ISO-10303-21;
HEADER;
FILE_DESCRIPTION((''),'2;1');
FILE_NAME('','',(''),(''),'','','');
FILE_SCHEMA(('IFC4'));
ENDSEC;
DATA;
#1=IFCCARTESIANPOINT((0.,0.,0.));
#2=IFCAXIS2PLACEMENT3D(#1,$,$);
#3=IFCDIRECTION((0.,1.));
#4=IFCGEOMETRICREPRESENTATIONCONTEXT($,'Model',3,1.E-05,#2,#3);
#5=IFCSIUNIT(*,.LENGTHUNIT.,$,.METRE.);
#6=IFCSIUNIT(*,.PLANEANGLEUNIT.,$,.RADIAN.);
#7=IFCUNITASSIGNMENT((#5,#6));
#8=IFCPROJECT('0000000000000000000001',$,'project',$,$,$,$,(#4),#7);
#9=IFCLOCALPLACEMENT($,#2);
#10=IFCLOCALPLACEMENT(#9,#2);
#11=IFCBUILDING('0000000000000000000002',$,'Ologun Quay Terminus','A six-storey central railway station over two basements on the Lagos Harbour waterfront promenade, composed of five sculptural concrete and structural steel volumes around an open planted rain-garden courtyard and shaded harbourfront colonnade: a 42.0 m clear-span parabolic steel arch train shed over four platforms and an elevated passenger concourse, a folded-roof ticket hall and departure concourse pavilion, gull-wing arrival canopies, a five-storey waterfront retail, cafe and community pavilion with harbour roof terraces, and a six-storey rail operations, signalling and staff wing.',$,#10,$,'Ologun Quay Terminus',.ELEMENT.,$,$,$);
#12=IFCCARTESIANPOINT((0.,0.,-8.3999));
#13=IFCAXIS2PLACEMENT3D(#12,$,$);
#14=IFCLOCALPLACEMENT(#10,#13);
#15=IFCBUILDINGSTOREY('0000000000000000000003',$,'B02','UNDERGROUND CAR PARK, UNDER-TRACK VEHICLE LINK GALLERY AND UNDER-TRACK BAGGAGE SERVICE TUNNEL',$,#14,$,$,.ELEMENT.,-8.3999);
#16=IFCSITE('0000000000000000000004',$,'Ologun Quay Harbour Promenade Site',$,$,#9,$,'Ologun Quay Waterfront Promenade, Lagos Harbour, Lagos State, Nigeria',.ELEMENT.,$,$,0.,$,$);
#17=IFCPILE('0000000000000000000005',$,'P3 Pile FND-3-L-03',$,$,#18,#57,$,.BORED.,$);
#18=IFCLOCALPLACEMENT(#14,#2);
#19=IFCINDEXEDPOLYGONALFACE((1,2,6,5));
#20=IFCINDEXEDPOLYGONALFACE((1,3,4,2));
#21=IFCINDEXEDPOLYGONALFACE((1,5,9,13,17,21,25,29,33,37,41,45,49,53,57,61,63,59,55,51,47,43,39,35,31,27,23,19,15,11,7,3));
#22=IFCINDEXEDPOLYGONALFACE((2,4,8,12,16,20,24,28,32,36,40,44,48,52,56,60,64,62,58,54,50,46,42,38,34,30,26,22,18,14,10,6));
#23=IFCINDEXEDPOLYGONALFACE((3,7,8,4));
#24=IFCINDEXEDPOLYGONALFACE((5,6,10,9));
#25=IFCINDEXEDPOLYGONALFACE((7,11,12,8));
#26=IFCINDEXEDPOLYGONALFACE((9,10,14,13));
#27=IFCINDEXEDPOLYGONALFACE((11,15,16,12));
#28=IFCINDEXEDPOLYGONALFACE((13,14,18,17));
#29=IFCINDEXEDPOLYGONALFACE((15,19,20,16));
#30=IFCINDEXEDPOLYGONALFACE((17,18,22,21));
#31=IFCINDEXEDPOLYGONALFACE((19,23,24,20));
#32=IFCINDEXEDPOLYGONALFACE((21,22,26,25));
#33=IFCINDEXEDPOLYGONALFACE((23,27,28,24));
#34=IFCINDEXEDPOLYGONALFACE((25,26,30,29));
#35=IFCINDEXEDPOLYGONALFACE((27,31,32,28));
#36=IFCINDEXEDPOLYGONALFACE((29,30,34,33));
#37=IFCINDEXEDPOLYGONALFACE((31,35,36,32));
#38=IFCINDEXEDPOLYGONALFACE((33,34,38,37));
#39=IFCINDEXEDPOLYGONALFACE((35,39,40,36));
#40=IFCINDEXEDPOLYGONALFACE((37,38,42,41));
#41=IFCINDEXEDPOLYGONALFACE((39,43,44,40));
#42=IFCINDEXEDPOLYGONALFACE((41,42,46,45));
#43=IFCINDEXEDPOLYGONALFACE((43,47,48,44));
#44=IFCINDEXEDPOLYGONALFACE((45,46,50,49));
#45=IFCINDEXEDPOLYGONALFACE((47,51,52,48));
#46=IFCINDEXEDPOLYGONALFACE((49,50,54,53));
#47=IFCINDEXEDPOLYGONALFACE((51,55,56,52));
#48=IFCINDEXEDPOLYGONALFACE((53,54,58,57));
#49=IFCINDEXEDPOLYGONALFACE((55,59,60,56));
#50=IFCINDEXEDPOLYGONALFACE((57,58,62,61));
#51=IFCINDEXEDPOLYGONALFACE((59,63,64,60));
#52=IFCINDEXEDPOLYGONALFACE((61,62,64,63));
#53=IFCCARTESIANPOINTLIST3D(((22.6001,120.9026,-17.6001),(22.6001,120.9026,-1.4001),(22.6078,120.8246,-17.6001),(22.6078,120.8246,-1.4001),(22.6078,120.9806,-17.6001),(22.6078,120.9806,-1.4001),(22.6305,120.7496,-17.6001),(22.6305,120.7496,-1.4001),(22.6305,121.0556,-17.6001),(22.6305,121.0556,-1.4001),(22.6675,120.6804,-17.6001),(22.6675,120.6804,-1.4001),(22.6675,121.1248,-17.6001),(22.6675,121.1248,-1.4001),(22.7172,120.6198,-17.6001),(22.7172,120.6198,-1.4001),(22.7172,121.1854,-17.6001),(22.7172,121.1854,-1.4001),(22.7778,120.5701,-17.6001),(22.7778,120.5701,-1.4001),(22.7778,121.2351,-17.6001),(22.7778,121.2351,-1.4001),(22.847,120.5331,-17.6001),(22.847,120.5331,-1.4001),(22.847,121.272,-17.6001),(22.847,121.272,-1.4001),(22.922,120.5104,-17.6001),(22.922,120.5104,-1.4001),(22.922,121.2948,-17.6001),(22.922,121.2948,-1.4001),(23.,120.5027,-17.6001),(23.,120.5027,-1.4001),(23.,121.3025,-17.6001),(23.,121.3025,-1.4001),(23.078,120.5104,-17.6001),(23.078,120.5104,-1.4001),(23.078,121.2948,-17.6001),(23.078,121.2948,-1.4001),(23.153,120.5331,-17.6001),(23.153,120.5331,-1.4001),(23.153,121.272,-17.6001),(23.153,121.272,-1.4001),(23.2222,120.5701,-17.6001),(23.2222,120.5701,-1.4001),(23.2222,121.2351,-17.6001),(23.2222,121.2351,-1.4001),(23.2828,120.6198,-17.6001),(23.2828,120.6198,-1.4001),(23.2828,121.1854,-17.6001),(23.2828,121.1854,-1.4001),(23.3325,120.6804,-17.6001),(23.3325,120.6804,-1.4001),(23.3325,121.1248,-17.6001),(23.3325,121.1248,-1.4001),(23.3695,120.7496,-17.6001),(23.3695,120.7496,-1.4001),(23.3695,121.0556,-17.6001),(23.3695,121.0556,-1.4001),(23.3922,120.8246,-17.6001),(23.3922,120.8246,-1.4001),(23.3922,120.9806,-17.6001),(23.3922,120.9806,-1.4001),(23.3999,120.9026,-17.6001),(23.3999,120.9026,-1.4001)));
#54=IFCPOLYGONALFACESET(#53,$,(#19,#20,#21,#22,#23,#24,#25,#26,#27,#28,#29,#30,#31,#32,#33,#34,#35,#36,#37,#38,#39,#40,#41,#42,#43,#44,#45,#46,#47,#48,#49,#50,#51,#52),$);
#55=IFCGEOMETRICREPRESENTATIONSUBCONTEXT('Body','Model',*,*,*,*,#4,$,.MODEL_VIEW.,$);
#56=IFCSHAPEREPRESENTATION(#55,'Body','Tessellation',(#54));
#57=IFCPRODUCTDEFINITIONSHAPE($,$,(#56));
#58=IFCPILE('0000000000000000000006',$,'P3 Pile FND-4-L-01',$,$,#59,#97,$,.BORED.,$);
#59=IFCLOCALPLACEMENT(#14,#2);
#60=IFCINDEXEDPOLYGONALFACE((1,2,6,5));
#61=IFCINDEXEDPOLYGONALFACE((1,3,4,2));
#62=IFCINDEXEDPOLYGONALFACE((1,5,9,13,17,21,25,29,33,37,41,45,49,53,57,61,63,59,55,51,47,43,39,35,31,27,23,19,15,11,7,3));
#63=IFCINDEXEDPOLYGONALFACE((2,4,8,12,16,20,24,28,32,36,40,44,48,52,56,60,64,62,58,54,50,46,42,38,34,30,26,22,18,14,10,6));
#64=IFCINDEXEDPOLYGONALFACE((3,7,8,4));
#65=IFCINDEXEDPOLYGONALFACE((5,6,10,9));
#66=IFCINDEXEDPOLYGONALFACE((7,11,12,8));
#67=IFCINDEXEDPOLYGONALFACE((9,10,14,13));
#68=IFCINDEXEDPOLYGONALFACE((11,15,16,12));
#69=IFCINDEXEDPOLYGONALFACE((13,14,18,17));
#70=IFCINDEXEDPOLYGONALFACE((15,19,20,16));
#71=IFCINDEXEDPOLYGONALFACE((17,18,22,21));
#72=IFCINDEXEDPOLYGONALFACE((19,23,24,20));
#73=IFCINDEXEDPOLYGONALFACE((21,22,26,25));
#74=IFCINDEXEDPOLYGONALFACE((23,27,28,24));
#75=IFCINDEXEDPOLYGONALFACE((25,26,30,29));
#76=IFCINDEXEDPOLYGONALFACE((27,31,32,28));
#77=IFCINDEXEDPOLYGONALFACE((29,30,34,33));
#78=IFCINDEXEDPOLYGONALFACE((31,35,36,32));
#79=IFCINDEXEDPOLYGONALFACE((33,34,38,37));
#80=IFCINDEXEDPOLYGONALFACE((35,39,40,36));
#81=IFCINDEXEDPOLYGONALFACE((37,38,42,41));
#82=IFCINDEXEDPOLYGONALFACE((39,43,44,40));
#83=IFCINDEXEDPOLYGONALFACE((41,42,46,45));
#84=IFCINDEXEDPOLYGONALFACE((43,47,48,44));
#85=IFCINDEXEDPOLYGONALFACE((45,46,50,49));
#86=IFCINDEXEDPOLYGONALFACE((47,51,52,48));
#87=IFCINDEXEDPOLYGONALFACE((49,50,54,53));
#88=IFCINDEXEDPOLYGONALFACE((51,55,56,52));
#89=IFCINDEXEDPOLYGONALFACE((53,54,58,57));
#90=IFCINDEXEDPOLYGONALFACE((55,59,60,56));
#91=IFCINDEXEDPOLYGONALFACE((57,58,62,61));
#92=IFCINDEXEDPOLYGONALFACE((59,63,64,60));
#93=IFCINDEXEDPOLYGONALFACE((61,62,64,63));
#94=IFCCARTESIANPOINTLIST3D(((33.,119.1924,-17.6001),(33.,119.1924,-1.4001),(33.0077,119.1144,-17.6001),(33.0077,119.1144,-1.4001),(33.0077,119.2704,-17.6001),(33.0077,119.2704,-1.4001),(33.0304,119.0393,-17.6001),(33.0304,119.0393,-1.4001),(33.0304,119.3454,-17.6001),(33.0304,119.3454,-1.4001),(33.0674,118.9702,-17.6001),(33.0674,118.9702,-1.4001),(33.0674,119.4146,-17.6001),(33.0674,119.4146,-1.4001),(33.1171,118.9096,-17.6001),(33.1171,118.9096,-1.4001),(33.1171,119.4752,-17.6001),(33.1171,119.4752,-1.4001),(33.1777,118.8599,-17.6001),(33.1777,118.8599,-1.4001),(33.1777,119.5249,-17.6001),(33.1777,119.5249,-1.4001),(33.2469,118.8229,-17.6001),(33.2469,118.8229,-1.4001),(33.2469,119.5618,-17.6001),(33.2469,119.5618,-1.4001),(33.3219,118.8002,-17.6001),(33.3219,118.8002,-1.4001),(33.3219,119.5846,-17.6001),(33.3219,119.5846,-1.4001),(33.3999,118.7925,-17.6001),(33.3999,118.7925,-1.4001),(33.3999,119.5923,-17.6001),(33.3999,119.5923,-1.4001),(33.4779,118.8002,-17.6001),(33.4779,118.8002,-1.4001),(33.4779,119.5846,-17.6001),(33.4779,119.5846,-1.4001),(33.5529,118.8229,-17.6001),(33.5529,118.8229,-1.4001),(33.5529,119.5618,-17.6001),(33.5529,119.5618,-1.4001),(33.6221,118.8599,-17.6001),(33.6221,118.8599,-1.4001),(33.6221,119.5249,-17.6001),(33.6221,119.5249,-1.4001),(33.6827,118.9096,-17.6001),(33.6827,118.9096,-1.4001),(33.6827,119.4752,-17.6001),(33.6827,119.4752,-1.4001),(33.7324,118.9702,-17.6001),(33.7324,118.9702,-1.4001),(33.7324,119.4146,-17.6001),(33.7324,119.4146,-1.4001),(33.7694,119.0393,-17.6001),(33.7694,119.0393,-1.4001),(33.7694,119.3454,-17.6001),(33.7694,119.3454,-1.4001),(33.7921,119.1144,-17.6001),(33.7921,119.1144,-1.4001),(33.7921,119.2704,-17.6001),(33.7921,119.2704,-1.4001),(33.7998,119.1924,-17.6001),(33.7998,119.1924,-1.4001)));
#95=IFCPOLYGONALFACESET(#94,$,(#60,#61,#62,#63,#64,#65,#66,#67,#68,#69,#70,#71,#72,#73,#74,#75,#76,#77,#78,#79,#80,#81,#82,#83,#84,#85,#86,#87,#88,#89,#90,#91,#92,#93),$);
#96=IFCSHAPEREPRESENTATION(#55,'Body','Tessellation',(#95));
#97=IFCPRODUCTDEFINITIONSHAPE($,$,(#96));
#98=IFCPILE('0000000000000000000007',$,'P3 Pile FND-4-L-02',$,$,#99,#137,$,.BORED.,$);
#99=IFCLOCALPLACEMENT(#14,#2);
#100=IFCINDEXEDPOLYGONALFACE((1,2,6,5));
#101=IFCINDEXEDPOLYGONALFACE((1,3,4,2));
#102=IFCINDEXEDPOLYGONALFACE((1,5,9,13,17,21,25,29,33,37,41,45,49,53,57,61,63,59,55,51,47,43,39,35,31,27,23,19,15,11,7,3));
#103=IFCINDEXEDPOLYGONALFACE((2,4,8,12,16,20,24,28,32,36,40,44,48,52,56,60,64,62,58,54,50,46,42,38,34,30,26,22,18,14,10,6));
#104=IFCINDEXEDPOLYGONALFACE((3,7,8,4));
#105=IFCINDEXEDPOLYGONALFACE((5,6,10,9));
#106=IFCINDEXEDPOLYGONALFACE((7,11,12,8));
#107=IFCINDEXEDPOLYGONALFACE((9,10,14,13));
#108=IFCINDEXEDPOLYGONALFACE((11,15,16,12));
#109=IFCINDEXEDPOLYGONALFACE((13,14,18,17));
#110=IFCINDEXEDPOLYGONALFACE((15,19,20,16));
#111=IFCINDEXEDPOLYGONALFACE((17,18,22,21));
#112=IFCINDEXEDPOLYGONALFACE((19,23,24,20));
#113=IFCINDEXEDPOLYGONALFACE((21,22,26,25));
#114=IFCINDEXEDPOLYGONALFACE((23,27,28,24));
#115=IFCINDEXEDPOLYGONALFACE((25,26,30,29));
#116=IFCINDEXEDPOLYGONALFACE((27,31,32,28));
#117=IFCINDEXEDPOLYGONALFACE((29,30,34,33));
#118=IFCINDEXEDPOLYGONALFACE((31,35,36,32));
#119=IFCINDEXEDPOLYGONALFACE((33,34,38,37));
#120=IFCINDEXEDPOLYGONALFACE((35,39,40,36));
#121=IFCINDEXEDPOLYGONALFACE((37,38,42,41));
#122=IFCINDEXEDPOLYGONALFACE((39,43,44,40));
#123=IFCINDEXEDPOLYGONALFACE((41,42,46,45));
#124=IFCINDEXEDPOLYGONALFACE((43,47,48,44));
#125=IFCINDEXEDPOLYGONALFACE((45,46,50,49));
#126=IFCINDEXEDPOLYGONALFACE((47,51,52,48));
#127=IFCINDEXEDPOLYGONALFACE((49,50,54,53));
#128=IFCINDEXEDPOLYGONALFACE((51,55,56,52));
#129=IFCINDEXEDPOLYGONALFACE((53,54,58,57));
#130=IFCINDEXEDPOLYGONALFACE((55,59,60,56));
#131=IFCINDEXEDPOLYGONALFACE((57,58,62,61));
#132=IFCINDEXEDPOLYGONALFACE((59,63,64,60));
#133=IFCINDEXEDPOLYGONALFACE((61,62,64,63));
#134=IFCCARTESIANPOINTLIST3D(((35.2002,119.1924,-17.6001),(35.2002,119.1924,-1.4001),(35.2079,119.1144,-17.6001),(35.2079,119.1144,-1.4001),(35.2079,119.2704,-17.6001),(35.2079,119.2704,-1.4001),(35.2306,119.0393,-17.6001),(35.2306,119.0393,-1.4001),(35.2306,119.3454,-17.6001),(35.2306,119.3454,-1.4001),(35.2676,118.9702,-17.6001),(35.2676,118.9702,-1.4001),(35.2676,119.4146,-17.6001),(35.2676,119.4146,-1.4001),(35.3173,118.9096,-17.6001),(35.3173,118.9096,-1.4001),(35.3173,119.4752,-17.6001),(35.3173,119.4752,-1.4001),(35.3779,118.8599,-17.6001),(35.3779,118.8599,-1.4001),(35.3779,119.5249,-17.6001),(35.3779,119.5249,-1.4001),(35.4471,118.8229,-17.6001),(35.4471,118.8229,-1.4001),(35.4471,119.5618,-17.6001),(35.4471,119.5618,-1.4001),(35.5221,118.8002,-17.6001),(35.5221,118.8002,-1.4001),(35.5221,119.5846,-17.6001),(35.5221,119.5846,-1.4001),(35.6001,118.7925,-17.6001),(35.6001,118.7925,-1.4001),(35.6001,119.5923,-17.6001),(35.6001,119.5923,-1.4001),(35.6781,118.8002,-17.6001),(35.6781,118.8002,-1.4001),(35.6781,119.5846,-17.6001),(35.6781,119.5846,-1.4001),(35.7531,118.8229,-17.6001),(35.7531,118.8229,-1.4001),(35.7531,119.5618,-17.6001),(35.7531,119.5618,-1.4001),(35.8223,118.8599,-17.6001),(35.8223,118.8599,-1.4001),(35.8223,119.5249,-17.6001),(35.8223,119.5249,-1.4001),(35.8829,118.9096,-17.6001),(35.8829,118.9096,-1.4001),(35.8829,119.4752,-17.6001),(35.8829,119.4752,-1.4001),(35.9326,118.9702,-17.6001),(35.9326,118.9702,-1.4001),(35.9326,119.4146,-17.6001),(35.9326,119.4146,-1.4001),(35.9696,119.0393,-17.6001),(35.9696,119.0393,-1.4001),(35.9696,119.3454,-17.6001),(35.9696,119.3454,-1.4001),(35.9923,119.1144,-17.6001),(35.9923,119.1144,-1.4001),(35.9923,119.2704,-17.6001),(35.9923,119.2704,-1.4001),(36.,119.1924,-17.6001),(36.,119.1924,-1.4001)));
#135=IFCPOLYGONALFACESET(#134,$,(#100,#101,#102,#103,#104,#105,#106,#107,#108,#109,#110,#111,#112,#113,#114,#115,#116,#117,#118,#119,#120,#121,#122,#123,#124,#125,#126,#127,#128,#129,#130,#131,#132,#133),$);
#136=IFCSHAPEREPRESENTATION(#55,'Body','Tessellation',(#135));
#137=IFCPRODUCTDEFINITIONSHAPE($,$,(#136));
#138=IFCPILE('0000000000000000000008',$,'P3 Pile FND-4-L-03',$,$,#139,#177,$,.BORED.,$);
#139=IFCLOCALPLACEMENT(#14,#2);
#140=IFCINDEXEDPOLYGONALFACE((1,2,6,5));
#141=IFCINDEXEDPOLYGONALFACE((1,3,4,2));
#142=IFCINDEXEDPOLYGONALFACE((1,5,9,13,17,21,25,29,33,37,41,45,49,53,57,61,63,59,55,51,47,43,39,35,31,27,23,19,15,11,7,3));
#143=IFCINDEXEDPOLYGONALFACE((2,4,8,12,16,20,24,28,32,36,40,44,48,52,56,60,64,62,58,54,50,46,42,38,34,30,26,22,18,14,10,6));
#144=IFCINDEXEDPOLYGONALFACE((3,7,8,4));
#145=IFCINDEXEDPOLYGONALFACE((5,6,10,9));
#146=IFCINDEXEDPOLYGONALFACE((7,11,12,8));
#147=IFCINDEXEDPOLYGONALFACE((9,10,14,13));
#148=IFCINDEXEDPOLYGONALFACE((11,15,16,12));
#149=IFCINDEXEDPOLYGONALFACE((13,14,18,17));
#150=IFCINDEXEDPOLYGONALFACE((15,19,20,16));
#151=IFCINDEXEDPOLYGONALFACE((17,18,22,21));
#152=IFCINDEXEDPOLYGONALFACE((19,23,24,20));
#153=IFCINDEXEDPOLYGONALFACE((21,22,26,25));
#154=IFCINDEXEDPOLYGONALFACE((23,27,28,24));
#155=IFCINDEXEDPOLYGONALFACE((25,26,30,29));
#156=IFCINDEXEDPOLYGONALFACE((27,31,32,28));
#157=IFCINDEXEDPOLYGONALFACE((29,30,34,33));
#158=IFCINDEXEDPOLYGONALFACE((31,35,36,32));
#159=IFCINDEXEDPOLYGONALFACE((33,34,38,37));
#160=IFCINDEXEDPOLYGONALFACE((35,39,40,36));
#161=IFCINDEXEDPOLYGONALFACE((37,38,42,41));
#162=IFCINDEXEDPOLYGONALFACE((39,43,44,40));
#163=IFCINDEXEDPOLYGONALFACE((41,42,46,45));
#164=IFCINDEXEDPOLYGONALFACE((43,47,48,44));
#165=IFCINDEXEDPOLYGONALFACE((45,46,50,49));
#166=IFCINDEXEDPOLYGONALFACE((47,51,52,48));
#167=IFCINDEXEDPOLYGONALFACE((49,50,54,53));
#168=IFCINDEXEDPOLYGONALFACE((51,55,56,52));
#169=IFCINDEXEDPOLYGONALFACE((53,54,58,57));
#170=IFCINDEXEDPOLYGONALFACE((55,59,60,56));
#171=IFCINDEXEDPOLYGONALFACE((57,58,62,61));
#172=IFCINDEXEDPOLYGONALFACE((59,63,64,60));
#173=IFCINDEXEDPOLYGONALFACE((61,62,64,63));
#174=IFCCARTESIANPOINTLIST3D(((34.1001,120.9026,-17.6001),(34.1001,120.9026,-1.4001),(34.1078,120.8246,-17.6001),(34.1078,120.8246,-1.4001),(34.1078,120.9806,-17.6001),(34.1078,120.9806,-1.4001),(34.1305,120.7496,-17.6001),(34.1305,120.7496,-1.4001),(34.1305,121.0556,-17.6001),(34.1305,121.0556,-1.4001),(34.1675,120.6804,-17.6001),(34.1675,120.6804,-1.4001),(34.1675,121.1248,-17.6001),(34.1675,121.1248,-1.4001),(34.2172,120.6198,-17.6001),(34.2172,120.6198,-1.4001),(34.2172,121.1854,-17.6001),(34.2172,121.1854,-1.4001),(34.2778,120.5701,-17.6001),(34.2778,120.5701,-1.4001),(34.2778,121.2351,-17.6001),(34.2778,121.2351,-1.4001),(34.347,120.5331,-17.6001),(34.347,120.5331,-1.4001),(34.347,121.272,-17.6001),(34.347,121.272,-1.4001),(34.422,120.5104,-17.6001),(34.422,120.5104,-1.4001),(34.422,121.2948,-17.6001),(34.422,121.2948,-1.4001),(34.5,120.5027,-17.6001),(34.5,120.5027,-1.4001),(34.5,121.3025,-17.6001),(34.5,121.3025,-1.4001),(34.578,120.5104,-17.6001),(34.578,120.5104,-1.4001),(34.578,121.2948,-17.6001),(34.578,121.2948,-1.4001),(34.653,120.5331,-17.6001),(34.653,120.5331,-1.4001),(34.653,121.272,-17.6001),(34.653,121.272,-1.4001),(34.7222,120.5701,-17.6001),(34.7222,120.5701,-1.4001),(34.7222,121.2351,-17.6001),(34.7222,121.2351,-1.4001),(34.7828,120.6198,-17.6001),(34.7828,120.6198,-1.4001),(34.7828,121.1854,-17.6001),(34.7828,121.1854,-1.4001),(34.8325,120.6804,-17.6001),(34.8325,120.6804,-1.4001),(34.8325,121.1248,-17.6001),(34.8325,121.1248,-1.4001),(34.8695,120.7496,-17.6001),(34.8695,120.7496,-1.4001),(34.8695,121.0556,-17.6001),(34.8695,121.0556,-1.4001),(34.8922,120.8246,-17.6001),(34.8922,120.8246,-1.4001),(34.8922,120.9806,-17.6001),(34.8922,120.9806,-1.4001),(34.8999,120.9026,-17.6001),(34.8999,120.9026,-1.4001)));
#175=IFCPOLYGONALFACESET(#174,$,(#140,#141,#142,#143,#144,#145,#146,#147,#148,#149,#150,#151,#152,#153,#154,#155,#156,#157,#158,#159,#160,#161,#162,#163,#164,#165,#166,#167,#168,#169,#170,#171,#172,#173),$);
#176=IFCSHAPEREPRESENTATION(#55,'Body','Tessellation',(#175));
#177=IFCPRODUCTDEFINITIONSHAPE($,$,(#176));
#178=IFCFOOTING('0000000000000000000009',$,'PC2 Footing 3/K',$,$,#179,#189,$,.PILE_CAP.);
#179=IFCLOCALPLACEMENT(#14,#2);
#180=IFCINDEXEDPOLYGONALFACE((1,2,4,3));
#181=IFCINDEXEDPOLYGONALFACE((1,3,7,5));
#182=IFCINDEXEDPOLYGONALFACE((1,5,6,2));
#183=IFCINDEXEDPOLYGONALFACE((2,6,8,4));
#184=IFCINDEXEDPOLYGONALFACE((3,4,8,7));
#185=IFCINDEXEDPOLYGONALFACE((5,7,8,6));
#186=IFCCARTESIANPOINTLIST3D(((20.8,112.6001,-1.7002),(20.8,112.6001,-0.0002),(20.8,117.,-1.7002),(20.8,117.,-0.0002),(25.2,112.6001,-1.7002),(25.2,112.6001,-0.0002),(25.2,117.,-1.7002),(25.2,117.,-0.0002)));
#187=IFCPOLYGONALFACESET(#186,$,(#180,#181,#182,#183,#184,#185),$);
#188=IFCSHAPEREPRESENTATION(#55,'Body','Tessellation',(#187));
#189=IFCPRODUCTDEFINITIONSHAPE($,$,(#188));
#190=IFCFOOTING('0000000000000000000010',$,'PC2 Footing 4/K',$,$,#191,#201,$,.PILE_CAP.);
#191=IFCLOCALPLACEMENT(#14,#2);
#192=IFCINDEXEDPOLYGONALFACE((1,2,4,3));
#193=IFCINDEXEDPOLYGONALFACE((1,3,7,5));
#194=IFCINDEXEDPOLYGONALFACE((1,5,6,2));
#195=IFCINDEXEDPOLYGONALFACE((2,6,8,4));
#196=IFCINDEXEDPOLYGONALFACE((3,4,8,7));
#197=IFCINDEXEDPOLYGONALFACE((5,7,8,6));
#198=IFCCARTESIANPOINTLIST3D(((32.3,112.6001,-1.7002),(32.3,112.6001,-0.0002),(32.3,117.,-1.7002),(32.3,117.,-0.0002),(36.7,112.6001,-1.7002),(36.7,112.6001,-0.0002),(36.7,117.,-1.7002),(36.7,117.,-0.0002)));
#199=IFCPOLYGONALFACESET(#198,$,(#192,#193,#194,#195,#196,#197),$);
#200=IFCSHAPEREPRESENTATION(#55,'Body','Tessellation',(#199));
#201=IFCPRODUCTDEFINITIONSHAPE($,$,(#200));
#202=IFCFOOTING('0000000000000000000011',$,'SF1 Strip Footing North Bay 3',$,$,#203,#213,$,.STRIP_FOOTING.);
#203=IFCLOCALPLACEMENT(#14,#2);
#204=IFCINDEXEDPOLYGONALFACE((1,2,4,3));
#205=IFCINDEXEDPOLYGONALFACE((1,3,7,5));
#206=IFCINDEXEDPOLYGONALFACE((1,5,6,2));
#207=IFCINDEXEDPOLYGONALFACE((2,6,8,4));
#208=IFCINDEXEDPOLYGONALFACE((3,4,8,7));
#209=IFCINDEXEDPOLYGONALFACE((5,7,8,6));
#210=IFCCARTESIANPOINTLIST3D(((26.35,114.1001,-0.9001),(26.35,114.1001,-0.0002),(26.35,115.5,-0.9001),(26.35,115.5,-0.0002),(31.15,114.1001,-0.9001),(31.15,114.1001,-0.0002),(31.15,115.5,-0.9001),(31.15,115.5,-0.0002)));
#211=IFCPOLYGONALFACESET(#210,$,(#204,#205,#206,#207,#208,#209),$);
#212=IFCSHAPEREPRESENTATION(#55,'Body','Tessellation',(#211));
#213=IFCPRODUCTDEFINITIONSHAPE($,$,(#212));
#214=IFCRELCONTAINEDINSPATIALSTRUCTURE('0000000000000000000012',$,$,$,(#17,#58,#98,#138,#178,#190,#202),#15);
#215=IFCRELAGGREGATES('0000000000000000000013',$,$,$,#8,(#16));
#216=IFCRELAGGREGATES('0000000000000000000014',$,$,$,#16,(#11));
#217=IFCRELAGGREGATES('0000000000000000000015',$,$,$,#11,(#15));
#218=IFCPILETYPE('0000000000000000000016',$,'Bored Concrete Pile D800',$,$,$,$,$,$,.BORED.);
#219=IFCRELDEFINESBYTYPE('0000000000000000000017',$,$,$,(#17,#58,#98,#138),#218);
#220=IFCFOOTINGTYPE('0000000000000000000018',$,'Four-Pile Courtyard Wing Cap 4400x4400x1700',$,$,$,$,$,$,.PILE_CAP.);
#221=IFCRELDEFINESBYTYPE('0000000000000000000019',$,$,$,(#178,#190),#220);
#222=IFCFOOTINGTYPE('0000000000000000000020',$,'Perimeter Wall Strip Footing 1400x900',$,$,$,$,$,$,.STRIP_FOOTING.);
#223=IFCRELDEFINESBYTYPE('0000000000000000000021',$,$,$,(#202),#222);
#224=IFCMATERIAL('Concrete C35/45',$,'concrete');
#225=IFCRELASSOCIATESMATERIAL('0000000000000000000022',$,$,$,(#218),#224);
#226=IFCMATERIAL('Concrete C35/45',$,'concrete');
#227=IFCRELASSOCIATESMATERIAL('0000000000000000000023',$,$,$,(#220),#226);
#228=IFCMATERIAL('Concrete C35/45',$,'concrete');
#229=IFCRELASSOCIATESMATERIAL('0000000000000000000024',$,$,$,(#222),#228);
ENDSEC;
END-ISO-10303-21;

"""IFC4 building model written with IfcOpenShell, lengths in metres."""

from ifc_helpers import new_model, si_unit, direction, frame, origin, origin_2d, place, context, subcontext, project, spatial, rectangle, circle, extrude, material, material_profile, profile_set, type_object, element, save


model = new_model("IFC4")

# Units and contexts
model_context = context("Model", 3, precision=1e-05, world=origin(), true_north=direction((0.0, 1.0)))
body_context = subcontext(model_context, "Body", "Model", "MODEL_VIEW")
ifc_project = project(units=[si_unit("LENGTHUNIT", "METRE"), si_unit("PLANEANGLEUNIT", "RADIAN")], contexts=[model_context])

# Site, building, storey
site_placement = place(None, origin())
site = spatial("IfcSite", under=ifc_project, at=site_placement, Name="Ologun Quay Harbour Promenade Site", LongName="Ologun Quay Waterfront Promenade, Lagos Harbour, Lagos State, Nigeria", CompositionType="ELEMENT", RefElevation=0.0)
building_placement = place(site_placement, origin())
building = spatial("IfcBuilding", under=site, at=building_placement, Name="Ologun Quay Terminus", Description="A six-storey central railway station over two basements on the Lagos Harbour waterfront promenade, composed of five sculptural concrete and structural steel volumes around an open planted rain-garden courtyard and shaded harbourfront colonnade: a 42.0 m clear-span parabolic steel arch train shed over four platforms and an elevated passenger concourse, a folded-roof ticket hall and departure concourse pavilion, gull-wing arrival canopies, a five-storey waterfront retail, cafe and community pavilion with harbour roof terraces, and a six-storey rail operations, signalling and staff wing.", LongName="Ologun Quay Terminus", CompositionType="ELEMENT")
storey_placement = place(building_placement, frame((0.0, 0.0, -8.3999)))
storey = spatial("IfcBuildingStorey", under=building, at=storey_placement, Name="B02", Description="UNDERGROUND CAR PARK, UNDER-TRACK VEHICLE LINK GALLERY AND UNDER-TRACK BAGGAGE SERVICE TUNNEL", CompositionType="ELEMENT", Elevation=-8.3999)

# Piles
ifc_material_1 = material(Name="Concrete C35/45", Category="concrete")
ifc_material_profile_1 = material_profile(ifc_material_1, circle(Radius=0.3999, at=origin_2d()), Name="PILE D800")
ifc_profile_set_1 = profile_set([ifc_material_profile_1], Name="Concrete C35/45")
pile_type_1 = type_object("IfcPileType", Name="Bored Concrete Pile D800", PredefinedType="BORED", material=ifc_profile_set_1)
for number, where, z_axis, x_axis, name in (
    (1, (23.0, 120.9026, -1.4001), (0.0, 0.0, -1.0), (1.0, 0.0, 0.0), "P3 Pile FND-3-L-03"),
    (2, (33.3999, 119.1924, -1.4001), (0.0, 0.0, -1.0), (1.0, 0.0, 0.0), "P3 Pile FND-4-L-01"),
    (3, (35.6001, 119.1924, -1.4001), (0.0, 0.0, -1.0), (1.0, 0.0, 0.0), "P3 Pile FND-4-L-02"),
    (4, (34.5, 120.9026, -1.4001), (0.0, 0.0, -1.0), (1.0, 0.0, 0.0), "P3 Pile FND-4-L-03"),
):
    element("IfcPile", number, at=place(storey_placement, frame(where, z_axis=z_axis, x_axis=x_axis)), inside=storey, type_object=pile_type_1, Name=name, PredefinedType="BORED", context=body_context, shape_type="SweptSolid", body=[
        extrude(circle(Radius=0.3999, at=origin_2d()), origin(), (0.0, 0.0, 1.0), 16.2),
    ])

# Footings
ifc_material_2 = material(Name="Concrete C35/45", Category="concrete")
footing_type_1 = type_object("IfcFootingType", Name="Four-Pile Courtyard Wing Cap 4400x4400x1700", PredefinedType="PILE_CAP", material=ifc_material_2)
for number, where, z_axis, x_axis, name in (
    (5, (23.0, 114.8, -1.7002), (0.0, 0.0, 1.0), (1.0, 0.0, 0.0), "PC2 Footing 3/K"),
    (6, (34.5, 114.8, -1.7002), (0.0, 0.0, 1.0), (1.0, 0.0, 0.0), "PC2 Footing 4/K"),
):
    element("IfcFooting", number, at=place(storey_placement, frame(where, z_axis=z_axis, x_axis=x_axis)), inside=storey, type_object=footing_type_1, Name=name, PredefinedType="PILE_CAP", context=body_context, shape_type="SweptSolid", body=[
        extrude(rectangle(XDim=4.3999, YDim=4.3999, at=origin_2d()), origin(), (0.0, 0.0, 1.0), 1.7),
    ])
ifc_material_3 = material(Name="Concrete C35/45", Category="concrete")
footing_type_2 = type_object("IfcFootingType", Name="Perimeter Wall Strip Footing 1400x900", PredefinedType="STRIP_FOOTING", material=ifc_material_3)
footing_placement = place(storey_placement, frame((28.75, 114.8, -0.9001), z_axis=(0.0, 0.0, 1.0), x_axis=(1.0, 0.0, 0.0)))
element("IfcFooting", 7, at=footing_placement, inside=storey, type_object=footing_type_2, Name="SF1 Strip Footing North Bay 3", PredefinedType="STRIP_FOOTING", context=body_context, shape_type="SweptSolid", body=[
    extrude(rectangle(XDim=4.8, YDim=1.3999, at=origin_2d()), origin(), (0.0, 0.0, 1.0), 0.8999),
])

save(model, "model.ifc")
